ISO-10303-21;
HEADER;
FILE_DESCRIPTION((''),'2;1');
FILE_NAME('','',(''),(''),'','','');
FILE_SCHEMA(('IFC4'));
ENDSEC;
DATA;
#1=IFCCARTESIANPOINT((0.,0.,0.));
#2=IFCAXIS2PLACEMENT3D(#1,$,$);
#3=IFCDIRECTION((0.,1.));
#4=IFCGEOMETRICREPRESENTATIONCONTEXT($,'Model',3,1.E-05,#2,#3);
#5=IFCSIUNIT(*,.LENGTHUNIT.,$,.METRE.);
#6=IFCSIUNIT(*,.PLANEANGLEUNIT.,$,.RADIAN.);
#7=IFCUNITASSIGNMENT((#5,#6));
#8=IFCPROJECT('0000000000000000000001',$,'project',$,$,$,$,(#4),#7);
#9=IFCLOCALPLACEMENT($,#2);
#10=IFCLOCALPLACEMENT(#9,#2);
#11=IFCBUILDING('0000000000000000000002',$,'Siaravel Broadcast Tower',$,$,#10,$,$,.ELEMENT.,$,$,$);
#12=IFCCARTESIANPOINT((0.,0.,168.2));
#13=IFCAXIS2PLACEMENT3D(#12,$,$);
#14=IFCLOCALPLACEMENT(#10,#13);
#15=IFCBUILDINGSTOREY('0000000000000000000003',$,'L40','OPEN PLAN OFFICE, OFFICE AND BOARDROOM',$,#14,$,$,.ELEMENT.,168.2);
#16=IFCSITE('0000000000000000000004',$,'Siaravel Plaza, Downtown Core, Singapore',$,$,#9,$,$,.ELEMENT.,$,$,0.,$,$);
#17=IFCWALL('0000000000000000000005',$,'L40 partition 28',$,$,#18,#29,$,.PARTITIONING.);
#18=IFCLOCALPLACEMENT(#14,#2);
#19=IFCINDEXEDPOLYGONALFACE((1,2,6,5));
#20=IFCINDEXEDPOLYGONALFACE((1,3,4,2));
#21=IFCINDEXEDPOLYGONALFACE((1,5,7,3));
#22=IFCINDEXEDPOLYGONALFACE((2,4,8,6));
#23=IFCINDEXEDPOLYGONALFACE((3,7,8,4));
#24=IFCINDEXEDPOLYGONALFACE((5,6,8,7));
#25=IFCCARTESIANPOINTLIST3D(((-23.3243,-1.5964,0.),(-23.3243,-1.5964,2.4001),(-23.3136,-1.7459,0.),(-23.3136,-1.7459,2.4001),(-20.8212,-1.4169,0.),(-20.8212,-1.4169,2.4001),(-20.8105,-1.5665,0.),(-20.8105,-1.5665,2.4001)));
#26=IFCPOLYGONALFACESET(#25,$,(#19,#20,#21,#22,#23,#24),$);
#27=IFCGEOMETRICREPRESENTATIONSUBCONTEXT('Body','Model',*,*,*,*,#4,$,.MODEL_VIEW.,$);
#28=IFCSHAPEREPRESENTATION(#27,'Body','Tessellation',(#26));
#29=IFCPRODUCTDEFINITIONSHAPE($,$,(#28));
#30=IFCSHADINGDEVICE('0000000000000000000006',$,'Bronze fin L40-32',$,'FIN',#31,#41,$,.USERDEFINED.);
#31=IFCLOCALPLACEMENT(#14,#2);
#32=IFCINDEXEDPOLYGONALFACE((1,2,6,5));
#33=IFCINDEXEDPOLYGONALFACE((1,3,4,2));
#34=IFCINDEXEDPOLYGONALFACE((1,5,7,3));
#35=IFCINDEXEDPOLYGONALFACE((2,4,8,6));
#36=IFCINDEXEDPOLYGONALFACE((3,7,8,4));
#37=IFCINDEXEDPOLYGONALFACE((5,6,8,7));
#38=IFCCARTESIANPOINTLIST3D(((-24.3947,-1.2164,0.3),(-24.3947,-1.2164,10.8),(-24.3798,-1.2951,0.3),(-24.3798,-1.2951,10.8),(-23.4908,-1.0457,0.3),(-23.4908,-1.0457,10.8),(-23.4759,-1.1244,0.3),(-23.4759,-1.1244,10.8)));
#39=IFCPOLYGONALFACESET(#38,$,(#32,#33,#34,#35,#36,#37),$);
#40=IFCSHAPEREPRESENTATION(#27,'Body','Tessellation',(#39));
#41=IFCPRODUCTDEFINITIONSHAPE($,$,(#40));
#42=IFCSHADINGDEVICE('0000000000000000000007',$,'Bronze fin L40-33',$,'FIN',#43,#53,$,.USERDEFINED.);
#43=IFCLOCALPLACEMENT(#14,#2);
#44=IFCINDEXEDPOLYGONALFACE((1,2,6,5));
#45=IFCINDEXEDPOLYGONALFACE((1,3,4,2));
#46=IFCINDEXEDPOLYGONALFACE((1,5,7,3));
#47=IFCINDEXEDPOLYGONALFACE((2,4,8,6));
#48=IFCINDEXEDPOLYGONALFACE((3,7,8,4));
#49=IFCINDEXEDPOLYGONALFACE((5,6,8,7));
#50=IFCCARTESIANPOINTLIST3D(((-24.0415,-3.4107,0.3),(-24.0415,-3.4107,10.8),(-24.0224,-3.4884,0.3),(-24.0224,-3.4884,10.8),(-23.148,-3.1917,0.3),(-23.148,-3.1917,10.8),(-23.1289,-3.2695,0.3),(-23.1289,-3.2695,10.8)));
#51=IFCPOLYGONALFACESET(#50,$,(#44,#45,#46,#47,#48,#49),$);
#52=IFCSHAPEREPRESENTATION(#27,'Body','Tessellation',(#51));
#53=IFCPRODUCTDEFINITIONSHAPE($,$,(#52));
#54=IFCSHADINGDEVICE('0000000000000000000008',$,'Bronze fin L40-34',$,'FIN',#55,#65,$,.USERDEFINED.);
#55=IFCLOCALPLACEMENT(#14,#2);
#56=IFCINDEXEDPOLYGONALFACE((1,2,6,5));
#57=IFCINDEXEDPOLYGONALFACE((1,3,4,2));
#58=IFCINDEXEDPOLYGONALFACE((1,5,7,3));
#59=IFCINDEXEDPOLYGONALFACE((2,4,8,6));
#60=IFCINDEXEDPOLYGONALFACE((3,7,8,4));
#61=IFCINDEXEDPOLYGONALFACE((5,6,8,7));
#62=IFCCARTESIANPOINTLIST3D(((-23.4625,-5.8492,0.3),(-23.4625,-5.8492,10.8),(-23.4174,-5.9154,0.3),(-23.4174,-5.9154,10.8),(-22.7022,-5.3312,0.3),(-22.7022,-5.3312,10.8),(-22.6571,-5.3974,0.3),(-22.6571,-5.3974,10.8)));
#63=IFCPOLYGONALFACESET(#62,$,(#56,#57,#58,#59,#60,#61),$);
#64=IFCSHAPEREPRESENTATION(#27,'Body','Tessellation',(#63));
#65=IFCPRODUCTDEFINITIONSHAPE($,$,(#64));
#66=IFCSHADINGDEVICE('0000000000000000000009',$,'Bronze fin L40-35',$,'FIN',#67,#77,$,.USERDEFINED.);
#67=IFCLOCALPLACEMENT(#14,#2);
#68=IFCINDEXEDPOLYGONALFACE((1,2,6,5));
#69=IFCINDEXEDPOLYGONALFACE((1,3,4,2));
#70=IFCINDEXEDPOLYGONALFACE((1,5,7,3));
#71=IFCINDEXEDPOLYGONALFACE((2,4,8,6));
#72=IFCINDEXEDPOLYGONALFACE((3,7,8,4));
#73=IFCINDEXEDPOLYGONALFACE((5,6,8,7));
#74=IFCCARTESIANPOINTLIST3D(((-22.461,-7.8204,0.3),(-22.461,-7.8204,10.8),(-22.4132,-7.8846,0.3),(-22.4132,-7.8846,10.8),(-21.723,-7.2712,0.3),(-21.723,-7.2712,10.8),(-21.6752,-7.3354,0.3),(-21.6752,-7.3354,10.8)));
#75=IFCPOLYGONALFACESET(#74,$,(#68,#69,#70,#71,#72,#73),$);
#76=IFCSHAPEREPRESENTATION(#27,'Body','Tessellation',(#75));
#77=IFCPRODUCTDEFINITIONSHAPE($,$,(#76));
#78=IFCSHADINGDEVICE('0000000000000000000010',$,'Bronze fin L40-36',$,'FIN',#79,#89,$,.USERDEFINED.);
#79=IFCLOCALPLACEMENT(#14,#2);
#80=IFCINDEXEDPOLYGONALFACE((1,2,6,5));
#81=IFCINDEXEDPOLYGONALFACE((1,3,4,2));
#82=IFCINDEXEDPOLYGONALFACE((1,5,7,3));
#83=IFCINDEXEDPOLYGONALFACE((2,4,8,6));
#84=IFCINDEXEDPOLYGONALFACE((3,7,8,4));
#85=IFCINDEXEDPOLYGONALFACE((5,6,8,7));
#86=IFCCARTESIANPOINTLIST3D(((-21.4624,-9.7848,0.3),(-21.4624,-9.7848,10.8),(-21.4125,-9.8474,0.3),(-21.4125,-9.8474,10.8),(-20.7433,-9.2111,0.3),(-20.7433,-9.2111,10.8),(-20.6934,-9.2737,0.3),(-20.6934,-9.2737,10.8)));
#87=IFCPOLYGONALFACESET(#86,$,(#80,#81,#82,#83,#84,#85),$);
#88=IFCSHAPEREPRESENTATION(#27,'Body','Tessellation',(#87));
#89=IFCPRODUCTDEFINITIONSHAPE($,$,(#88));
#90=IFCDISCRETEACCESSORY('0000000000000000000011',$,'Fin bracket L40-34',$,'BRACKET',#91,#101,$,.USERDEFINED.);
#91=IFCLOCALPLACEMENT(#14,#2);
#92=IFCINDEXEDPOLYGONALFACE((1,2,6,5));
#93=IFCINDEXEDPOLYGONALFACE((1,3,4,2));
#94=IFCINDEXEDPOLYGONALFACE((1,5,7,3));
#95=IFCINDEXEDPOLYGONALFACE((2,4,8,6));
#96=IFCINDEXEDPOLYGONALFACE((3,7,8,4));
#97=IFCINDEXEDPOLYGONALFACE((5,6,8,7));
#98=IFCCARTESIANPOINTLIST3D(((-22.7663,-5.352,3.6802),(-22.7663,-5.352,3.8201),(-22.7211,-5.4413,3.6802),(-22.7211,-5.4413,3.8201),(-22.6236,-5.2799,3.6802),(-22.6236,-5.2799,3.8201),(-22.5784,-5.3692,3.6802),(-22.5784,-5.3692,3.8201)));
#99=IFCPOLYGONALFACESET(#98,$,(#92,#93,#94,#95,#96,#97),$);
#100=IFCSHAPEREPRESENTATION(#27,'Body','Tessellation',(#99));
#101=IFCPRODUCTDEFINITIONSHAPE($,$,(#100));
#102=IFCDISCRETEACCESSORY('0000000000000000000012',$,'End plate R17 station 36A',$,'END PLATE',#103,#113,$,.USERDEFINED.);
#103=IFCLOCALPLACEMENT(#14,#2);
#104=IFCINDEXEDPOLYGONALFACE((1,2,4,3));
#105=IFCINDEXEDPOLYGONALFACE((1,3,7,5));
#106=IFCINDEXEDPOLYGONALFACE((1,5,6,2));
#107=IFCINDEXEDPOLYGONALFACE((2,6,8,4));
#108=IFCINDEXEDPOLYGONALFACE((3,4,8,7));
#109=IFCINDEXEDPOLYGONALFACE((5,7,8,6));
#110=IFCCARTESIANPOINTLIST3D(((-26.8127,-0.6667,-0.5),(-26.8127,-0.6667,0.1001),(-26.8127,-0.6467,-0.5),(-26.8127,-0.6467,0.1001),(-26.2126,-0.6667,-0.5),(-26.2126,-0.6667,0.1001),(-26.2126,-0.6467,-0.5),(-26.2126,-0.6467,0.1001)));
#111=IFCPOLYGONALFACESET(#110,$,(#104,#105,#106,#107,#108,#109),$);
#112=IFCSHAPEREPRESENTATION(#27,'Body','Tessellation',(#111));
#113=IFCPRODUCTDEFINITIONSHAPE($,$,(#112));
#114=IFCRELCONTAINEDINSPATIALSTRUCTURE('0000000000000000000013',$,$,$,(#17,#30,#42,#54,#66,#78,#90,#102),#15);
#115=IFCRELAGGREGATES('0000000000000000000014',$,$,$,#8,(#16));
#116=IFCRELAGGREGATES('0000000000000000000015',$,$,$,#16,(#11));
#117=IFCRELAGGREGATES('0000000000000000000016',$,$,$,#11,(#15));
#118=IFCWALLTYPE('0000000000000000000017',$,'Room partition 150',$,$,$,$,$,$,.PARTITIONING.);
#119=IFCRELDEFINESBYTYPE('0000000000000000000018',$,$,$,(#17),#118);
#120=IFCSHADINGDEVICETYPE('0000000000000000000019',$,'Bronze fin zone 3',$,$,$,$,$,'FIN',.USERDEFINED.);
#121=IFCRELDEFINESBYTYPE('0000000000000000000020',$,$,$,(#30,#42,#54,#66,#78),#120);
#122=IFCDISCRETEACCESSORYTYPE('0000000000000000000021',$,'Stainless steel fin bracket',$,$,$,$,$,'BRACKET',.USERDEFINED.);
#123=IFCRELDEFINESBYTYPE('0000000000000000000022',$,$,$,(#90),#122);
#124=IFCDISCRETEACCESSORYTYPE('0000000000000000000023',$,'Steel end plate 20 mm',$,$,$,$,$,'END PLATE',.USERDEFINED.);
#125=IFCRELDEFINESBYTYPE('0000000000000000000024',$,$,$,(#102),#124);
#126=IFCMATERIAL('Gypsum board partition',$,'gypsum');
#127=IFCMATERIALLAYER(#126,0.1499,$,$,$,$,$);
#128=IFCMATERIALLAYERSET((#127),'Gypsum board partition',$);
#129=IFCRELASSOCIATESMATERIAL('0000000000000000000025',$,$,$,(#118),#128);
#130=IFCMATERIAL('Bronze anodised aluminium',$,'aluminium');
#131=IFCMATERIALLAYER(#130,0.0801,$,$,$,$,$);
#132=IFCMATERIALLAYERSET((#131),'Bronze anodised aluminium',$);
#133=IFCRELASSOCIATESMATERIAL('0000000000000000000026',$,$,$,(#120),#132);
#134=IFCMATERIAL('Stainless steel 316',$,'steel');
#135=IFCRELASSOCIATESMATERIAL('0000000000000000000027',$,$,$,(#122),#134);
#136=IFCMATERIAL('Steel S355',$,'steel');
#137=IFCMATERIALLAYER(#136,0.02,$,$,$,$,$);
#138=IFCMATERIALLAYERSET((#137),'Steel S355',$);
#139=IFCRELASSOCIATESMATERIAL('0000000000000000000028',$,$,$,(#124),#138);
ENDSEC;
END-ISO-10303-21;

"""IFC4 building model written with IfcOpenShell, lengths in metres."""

from ifc_helpers import new_model, si_unit, direction, frame, frame_2d, origin, origin_2d, place, context, subcontext, project, spatial, rectangle, extrude, material, layer, layer_set, type_object, element, save


model = new_model("IFC4")

# Units and contexts
model_context = context("Model", 3, precision=1e-05, world=origin(), true_north=direction((0.0, 1.0)))
body_context = subcontext(model_context, "Body", "Model", "MODEL_VIEW")
ifc_project = project(units=[si_unit("LENGTHUNIT", "METRE"), si_unit("PLANEANGLEUNIT", "RADIAN")], contexts=[model_context])

# Site, building, storey
site_placement = place(None, origin())
site = spatial("IfcSite", under=ifc_project, at=site_placement, Name="Siaravel Plaza, Downtown Core, Singapore", CompositionType="ELEMENT", RefElevation=0.0)
building_placement = place(site_placement, origin())
building = spatial("IfcBuilding", under=site, at=building_placement, Name="Siaravel Broadcast Tower", CompositionType="ELEMENT")
storey_placement = place(building_placement, frame((0.0, 0.0, 168.2)))
storey = spatial("IfcBuildingStorey", under=building, at=storey_placement, Name="L40", Description="OPEN PLAN OFFICE, OFFICE AND BOARDROOM", CompositionType="ELEMENT", Elevation=168.2)

# Shared definitions
ifc_material_1 = material(Name="Steel S355", Category="steel")

# Shared definitions
ifc_material_2 = material(Name="Gypsum board partition", Category="gypsum")

# Wall
ifc_layer_1 = layer(ifc_material_2, 0.1499)
ifc_layer_set_1 = layer_set([ifc_layer_1], Name="Gypsum board partition")
wall_type_1 = type_object("IfcWallType", Name="Room partition 150", PredefinedType="PARTITIONING", material=ifc_layer_set_1)
wall_1_placement = place(storey_placement, frame((-23.3191, -1.6711, 0.0), z_axis=(0.0, 0.0, 1.0), x_axis=(0.99744, 0.071503, 0.0)))
element("IfcWall", 1, at=wall_1_placement, inside=storey, type_object=wall_type_1, Name="L40 partition 28", PredefinedType="PARTITIONING", context=body_context, shape_type="SweptSolid", body=[
    extrude(rectangle(XDim=2.5095, YDim=0.1499, at=frame_2d((1.2549, 0.0))), origin(), (0.0, 0.0, 1.0), 2.4001),
])

# Shading devices
ifc_material_3 = material(Name="Bronze anodised aluminium", Category="aluminium")
ifc_layer_2 = layer(ifc_material_3, 0.0801)
ifc_layer_set_2 = layer_set([ifc_layer_2], Name="Bronze anodised aluminium")
shading_device_type = type_object("IfcShadingDeviceType", Name="Bronze fin zone 3", ElementType="FIN", PredefinedType="USERDEFINED", material=ifc_layer_set_2)
for number, where, z_axis, x_axis, name in (
    (2, (-23.9353, -1.1704, 0.3), (0.0, 0.0, 1.0), (-0.982637, -0.185536, 0.0), "Bronze fin L40-32"),
    (3, (-23.5852, -3.3401, 0.3), (0.0, 0.0, 1.0), (-0.971274, -0.237962, 0.0), "Bronze fin L40-33"),
    (4, (-23.0598, -5.6233, 0.3), (0.0, 0.0, 1.0), (-0.826438, -0.563027, 0.0), "Bronze fin L40-34"),
    (5, (-22.0681, -7.5779, 0.3), (0.0, 0.0, 1.0), (-0.802227, -0.597019, 0.0), "Bronze fin L40-35"),
    (6, (-21.0779, -9.5293, 0.3), (0.0, 0.0, 1.0), (-0.781709, -0.623644, 0.0), "Bronze fin L40-36"),
):
    element("IfcShadingDevice", number, at=place(storey_placement, frame(where, z_axis=z_axis, x_axis=x_axis)), inside=storey, type_object=shading_device_type, Name=name, ObjectType="FIN", PredefinedType="USERDEFINED", context=body_context, shape_type="SweptSolid", body=[
        extrude(rectangle(XDim=0.9199, YDim=0.0801, at=origin_2d()), origin(), (0.0, 0.0, 1.0), 10.5),
    ])

# Discrete accessories
ifc_material_4 = material(Name="Stainless steel 316", Category="steel")
discrete_accessory_type_1 = type_object("IfcDiscreteAccessoryType", Name="Stainless steel fin bracket", ElementType="BRACKET", PredefinedType="USERDEFINED", material=ifc_material_4)
discrete_accessory_1_placement = place(storey_placement, frame((-22.6724, -5.3606, 3.6802), z_axis=(0.0, 0.0, 1.0), x_axis=(-0.892392, -0.451261, 0.0)))
element("IfcDiscreteAccessory", 7, at=discrete_accessory_1_placement, inside=storey, type_object=discrete_accessory_type_1, Name="Fin bracket L40-34", ObjectType="BRACKET", PredefinedType="USERDEFINED", context=body_context, shape_type="SweptSolid", body=[
    extrude(rectangle(XDim=0.1599, YDim=0.1001, at=origin_2d()), origin(), (0.0, 0.0, 1.0), 0.1399),
])
ifc_layer_3 = layer(ifc_material_1, 0.02)
ifc_layer_set_3 = layer_set([ifc_layer_3], Name="Steel S355")
discrete_accessory_type_2 = type_object("IfcDiscreteAccessoryType", Name="Steel end plate 20 mm", ElementType="END PLATE", PredefinedType="USERDEFINED", material=ifc_layer_set_3)
discrete_accessory_2_placement = place(storey_placement, frame((-26.5127, -0.6567, -0.5), z_axis=(0.0, 0.0, 1.0), x_axis=(0.0, -1.0, 0.0)))
element("IfcDiscreteAccessory", 8, at=discrete_accessory_2_placement, inside=storey, type_object=discrete_accessory_type_2, Name="End plate R17 station 36A", ObjectType="END PLATE", PredefinedType="USERDEFINED", context=body_context, shape_type="SweptSolid", body=[
    extrude(rectangle(XDim=0.02, YDim=0.6001, at=origin_2d()), origin(), (0.0, 0.0, 1.0), 0.6001),
])

save(model, "model.ifc")
